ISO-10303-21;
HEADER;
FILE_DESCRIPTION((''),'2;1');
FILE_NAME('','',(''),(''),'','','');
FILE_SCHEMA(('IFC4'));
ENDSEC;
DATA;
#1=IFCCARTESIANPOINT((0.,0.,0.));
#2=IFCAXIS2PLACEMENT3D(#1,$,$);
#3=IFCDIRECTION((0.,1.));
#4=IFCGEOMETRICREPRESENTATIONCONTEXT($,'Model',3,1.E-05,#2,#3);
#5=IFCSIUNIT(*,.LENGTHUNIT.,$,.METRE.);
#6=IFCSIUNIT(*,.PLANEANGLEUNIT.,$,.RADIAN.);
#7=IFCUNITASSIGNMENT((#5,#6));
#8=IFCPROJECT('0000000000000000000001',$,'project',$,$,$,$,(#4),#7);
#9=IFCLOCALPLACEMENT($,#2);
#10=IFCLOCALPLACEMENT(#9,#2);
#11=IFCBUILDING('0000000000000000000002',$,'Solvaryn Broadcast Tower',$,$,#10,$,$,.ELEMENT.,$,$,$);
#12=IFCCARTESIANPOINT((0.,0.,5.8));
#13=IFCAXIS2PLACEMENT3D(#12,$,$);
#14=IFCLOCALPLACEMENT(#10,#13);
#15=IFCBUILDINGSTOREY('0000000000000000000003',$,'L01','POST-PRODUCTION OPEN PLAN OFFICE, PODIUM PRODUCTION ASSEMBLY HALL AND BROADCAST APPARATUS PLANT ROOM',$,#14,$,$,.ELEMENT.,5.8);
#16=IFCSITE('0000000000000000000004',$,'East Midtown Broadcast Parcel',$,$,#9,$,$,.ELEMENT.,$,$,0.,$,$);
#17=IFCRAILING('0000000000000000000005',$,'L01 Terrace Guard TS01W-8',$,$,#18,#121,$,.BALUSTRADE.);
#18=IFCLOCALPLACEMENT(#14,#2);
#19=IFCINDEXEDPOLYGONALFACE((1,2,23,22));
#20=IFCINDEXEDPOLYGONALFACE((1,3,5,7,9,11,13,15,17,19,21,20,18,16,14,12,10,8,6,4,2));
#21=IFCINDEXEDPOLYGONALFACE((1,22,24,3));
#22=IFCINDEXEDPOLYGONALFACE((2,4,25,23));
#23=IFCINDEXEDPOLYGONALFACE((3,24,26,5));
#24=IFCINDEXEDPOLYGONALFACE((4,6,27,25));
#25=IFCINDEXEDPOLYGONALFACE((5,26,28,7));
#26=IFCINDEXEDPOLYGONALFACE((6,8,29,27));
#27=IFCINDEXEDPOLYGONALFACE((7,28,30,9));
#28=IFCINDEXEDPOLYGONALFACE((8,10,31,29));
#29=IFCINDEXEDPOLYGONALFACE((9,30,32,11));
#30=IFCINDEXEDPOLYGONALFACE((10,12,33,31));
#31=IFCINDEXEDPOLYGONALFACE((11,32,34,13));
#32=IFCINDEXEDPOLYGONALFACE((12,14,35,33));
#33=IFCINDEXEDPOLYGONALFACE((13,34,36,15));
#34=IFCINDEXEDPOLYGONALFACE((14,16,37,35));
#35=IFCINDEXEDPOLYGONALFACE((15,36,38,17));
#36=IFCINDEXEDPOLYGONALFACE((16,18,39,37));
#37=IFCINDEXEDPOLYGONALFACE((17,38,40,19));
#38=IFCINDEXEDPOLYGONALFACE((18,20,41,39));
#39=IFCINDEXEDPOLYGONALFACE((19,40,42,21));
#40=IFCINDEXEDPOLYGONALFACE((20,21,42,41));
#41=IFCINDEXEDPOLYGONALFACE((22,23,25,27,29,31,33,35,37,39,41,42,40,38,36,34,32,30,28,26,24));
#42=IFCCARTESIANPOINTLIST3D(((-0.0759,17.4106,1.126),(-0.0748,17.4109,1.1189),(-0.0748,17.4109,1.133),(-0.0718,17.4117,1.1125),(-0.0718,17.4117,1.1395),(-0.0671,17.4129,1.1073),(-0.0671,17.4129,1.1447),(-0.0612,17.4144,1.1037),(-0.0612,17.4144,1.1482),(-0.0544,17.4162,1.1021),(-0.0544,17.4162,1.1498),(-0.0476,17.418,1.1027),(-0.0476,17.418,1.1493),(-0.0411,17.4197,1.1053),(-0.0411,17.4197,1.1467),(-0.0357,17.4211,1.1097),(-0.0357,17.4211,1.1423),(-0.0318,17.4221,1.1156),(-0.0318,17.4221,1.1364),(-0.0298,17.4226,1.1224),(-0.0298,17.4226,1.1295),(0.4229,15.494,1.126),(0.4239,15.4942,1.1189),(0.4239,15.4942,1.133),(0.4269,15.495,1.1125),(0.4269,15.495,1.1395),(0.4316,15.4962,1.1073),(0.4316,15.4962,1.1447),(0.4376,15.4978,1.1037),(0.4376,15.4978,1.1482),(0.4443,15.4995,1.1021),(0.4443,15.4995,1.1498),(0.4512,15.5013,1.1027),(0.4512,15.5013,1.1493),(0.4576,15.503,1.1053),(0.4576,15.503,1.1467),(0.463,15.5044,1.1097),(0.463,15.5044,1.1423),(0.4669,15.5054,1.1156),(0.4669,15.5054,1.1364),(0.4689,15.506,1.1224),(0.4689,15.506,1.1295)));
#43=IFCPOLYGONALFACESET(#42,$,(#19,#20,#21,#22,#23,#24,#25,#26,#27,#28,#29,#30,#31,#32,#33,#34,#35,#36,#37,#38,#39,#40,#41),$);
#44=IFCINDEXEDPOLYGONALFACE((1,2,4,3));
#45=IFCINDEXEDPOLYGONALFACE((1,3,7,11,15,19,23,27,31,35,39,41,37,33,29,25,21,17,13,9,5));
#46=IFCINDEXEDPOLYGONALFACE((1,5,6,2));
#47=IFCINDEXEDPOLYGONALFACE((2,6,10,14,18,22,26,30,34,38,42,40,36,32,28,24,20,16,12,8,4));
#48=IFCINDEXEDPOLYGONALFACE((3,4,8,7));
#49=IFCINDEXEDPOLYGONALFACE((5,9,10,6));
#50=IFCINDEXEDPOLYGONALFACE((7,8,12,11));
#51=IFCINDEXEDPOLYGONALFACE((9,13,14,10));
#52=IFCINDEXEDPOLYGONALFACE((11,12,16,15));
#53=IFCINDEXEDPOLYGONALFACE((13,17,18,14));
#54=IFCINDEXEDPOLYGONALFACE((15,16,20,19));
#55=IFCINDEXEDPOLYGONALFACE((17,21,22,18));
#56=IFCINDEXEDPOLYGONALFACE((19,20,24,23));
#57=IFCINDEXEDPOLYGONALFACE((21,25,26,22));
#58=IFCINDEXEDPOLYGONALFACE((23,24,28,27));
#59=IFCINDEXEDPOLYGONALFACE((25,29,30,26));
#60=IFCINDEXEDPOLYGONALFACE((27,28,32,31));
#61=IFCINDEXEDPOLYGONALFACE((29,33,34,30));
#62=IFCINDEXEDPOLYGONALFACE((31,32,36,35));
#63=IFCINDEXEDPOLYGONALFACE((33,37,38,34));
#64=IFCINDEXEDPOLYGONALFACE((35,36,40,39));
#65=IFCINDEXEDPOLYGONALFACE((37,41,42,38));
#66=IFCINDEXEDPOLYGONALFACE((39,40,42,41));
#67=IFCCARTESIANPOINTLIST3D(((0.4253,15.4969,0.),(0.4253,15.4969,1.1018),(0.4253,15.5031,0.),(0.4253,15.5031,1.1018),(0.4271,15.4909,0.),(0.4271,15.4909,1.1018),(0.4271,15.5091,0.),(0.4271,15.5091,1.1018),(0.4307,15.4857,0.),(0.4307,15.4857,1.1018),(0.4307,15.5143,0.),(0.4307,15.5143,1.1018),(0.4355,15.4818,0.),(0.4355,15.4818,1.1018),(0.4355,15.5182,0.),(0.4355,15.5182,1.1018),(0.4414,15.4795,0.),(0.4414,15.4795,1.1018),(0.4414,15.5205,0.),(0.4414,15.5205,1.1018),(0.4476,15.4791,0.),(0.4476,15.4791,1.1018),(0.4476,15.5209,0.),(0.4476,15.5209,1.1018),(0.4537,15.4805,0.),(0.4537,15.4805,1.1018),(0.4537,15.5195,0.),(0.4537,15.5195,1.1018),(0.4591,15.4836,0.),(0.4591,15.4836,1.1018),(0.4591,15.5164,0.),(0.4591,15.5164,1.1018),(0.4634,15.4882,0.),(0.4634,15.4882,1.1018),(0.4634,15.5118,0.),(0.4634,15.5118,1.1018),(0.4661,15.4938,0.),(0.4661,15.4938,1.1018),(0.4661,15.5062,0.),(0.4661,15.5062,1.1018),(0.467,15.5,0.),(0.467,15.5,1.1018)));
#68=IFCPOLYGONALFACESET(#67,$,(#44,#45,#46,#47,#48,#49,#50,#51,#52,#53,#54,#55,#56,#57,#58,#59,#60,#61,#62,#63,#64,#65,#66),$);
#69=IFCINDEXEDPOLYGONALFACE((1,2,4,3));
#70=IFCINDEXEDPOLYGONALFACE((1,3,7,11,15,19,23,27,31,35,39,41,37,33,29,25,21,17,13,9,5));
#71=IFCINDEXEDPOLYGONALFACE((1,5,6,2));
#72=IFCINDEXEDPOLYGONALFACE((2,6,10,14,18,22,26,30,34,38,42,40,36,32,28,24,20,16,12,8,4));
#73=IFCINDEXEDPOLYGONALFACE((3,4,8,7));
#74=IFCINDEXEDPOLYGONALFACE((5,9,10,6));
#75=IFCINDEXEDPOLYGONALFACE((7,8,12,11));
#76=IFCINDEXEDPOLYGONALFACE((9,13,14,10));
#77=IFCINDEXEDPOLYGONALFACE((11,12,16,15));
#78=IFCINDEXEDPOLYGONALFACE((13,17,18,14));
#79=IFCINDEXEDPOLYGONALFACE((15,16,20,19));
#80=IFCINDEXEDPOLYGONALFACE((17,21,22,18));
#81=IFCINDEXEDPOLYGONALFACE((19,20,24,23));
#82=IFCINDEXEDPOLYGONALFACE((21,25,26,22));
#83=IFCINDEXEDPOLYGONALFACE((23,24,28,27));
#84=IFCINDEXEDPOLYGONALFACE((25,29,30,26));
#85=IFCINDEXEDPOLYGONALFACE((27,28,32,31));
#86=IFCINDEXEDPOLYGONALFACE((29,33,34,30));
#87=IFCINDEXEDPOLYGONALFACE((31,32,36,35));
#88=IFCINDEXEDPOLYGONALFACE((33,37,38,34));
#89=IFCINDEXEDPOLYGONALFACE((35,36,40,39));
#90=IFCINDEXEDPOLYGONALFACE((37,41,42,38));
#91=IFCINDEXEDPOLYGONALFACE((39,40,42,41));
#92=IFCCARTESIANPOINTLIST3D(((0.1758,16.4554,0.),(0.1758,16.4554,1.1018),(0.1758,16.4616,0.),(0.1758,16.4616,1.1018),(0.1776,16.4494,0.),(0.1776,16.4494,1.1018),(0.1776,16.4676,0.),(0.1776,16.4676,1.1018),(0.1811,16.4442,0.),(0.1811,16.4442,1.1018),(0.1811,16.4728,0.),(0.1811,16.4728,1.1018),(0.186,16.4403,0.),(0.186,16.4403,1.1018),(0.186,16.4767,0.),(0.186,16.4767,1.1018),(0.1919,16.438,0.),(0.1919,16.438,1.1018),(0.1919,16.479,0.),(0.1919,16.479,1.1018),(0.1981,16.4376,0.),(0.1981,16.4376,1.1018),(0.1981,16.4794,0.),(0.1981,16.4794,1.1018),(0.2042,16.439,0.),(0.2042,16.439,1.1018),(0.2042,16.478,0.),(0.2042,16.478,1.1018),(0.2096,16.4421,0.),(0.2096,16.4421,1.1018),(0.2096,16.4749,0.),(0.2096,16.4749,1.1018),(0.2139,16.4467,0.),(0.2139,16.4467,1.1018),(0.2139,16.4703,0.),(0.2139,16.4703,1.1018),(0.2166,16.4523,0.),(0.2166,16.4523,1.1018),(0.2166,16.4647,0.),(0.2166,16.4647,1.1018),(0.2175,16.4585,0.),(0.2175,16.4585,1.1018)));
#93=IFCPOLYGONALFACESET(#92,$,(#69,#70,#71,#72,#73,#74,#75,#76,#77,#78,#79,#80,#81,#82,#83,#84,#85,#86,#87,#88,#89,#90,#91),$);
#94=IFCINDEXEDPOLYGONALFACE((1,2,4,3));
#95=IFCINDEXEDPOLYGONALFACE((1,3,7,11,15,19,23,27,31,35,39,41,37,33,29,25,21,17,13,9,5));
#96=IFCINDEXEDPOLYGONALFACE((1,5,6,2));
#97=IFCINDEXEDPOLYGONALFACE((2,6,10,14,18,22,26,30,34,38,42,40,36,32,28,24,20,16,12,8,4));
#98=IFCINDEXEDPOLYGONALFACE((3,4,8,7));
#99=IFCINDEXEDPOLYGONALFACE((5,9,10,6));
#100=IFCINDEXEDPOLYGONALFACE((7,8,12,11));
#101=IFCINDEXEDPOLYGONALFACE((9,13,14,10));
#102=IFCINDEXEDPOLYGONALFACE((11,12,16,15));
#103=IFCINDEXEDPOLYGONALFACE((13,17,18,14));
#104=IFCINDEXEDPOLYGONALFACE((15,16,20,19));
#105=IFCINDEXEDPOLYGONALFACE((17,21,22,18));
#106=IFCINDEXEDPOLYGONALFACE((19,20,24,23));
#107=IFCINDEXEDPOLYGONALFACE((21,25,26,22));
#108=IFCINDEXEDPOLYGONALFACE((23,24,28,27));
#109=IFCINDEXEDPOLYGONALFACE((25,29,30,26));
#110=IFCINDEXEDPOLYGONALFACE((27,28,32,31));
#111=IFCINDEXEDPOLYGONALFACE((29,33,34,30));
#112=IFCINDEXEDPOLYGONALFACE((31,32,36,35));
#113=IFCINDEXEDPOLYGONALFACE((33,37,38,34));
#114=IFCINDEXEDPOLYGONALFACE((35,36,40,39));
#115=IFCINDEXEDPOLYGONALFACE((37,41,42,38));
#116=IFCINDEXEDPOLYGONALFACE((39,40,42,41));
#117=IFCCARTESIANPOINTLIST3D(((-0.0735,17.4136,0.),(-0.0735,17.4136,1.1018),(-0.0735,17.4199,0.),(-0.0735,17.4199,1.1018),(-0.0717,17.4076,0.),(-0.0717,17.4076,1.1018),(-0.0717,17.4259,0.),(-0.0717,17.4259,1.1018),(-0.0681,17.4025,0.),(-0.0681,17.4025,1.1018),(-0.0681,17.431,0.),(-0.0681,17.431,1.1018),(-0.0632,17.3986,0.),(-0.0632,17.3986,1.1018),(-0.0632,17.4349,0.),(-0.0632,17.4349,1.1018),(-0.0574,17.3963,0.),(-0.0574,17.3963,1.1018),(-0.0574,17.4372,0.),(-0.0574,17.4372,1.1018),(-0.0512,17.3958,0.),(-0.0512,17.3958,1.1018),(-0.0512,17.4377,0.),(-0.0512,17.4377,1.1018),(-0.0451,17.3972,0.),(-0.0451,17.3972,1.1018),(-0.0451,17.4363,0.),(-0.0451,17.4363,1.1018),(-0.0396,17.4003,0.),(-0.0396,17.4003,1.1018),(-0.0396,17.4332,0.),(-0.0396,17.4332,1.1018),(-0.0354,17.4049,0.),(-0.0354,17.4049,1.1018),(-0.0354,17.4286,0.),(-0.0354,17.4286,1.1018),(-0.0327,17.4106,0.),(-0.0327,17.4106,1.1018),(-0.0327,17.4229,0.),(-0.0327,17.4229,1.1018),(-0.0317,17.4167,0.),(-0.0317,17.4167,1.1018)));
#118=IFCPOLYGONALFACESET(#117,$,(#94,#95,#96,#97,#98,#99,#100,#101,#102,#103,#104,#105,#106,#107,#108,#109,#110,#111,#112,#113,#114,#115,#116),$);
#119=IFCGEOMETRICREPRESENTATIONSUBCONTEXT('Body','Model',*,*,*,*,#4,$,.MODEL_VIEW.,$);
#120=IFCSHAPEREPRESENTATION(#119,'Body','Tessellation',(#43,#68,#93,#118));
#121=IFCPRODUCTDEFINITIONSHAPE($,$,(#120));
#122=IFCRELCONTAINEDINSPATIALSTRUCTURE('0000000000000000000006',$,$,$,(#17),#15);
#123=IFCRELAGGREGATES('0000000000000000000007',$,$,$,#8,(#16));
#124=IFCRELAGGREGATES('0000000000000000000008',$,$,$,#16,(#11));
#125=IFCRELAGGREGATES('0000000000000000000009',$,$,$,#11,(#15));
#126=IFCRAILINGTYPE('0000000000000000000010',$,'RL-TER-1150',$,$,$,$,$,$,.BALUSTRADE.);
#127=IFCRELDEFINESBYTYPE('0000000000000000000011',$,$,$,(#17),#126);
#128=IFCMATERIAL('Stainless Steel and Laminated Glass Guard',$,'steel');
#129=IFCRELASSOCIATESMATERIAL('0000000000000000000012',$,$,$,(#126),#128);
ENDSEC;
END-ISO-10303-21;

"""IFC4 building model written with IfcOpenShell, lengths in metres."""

from ifc_helpers import new_model, si_unit, direction, frame, origin, origin_2d, place, context, subcontext, project, spatial, circle, extrude, material, type_object, element, save


model = new_model("IFC4")

# Units and contexts
model_context = context("Model", 3, precision=1e-05, world=origin(), true_north=direction((0.0, 1.0)))
body_context = subcontext(model_context, "Body", "Model", "MODEL_VIEW")
ifc_project = project(units=[si_unit("LENGTHUNIT", "METRE"), si_unit("PLANEANGLEUNIT", "RADIAN")], contexts=[model_context])

# Site, building, storey
site_placement = place(None, origin())
site = spatial("IfcSite", under=ifc_project, at=site_placement, Name="East Midtown Broadcast Parcel", CompositionType="ELEMENT", RefElevation=0.0)
building_placement = place(site_placement, origin())
building = spatial("IfcBuilding", under=site, at=building_placement, Name="Solvaryn Broadcast Tower", CompositionType="ELEMENT")
storey_placement = place(building_placement, frame((0.0, 0.0, 5.8)))
storey = spatial("IfcBuildingStorey", under=building, at=storey_placement, Name="L01", Description="POST-PRODUCTION OPEN PLAN OFFICE, PODIUM PRODUCTION ASSEMBLY HALL AND BROADCAST APPARATUS PLANT ROOM", CompositionType="ELEMENT", Elevation=5.8)

# Railing
ifc_material_1 = material(Name="Stainless Steel and Laminated Glass Guard", Category="steel")
railing_type = type_object("IfcRailingType", Name="RL-TER-1150", PredefinedType="BALUSTRADE", material=ifc_material_1)
railing_1_placement = place(storey_placement, frame((0.446, 15.5, 0.0)))
element("IfcRailing", 1, at=railing_1_placement, inside=storey, type_object=railing_type, Name="L01 Terrace Guard TS01W-8", PredefinedType="BALUSTRADE", context=body_context, shape_type="SweptSolid", body=[
    extrude(circle(Radius=0.0239, at=origin_2d()), frame((0.0, 0.0, 1.126), z_axis=(-0.251835, 0.96777, 0.0), x_axis=(-0.96777, -0.251835, 0.0)), (0.0, 0.0, 1.0), 1.9805),
    extrude(circle(Radius=0.021, at=origin_2d()), origin(), (0.0, 0.0, 1.0), 1.1018),
    extrude(circle(Radius=0.021, at=origin_2d()), frame((-0.2495, 0.9585, 0.0)), (0.0, 0.0, 1.0), 1.1018),
    extrude(circle(Radius=0.021, at=origin_2d()), frame((-0.4988, 1.9167, 0.0)), (0.0, 0.0, 1.0), 1.1018),
])

save(model, "model.ifc")
